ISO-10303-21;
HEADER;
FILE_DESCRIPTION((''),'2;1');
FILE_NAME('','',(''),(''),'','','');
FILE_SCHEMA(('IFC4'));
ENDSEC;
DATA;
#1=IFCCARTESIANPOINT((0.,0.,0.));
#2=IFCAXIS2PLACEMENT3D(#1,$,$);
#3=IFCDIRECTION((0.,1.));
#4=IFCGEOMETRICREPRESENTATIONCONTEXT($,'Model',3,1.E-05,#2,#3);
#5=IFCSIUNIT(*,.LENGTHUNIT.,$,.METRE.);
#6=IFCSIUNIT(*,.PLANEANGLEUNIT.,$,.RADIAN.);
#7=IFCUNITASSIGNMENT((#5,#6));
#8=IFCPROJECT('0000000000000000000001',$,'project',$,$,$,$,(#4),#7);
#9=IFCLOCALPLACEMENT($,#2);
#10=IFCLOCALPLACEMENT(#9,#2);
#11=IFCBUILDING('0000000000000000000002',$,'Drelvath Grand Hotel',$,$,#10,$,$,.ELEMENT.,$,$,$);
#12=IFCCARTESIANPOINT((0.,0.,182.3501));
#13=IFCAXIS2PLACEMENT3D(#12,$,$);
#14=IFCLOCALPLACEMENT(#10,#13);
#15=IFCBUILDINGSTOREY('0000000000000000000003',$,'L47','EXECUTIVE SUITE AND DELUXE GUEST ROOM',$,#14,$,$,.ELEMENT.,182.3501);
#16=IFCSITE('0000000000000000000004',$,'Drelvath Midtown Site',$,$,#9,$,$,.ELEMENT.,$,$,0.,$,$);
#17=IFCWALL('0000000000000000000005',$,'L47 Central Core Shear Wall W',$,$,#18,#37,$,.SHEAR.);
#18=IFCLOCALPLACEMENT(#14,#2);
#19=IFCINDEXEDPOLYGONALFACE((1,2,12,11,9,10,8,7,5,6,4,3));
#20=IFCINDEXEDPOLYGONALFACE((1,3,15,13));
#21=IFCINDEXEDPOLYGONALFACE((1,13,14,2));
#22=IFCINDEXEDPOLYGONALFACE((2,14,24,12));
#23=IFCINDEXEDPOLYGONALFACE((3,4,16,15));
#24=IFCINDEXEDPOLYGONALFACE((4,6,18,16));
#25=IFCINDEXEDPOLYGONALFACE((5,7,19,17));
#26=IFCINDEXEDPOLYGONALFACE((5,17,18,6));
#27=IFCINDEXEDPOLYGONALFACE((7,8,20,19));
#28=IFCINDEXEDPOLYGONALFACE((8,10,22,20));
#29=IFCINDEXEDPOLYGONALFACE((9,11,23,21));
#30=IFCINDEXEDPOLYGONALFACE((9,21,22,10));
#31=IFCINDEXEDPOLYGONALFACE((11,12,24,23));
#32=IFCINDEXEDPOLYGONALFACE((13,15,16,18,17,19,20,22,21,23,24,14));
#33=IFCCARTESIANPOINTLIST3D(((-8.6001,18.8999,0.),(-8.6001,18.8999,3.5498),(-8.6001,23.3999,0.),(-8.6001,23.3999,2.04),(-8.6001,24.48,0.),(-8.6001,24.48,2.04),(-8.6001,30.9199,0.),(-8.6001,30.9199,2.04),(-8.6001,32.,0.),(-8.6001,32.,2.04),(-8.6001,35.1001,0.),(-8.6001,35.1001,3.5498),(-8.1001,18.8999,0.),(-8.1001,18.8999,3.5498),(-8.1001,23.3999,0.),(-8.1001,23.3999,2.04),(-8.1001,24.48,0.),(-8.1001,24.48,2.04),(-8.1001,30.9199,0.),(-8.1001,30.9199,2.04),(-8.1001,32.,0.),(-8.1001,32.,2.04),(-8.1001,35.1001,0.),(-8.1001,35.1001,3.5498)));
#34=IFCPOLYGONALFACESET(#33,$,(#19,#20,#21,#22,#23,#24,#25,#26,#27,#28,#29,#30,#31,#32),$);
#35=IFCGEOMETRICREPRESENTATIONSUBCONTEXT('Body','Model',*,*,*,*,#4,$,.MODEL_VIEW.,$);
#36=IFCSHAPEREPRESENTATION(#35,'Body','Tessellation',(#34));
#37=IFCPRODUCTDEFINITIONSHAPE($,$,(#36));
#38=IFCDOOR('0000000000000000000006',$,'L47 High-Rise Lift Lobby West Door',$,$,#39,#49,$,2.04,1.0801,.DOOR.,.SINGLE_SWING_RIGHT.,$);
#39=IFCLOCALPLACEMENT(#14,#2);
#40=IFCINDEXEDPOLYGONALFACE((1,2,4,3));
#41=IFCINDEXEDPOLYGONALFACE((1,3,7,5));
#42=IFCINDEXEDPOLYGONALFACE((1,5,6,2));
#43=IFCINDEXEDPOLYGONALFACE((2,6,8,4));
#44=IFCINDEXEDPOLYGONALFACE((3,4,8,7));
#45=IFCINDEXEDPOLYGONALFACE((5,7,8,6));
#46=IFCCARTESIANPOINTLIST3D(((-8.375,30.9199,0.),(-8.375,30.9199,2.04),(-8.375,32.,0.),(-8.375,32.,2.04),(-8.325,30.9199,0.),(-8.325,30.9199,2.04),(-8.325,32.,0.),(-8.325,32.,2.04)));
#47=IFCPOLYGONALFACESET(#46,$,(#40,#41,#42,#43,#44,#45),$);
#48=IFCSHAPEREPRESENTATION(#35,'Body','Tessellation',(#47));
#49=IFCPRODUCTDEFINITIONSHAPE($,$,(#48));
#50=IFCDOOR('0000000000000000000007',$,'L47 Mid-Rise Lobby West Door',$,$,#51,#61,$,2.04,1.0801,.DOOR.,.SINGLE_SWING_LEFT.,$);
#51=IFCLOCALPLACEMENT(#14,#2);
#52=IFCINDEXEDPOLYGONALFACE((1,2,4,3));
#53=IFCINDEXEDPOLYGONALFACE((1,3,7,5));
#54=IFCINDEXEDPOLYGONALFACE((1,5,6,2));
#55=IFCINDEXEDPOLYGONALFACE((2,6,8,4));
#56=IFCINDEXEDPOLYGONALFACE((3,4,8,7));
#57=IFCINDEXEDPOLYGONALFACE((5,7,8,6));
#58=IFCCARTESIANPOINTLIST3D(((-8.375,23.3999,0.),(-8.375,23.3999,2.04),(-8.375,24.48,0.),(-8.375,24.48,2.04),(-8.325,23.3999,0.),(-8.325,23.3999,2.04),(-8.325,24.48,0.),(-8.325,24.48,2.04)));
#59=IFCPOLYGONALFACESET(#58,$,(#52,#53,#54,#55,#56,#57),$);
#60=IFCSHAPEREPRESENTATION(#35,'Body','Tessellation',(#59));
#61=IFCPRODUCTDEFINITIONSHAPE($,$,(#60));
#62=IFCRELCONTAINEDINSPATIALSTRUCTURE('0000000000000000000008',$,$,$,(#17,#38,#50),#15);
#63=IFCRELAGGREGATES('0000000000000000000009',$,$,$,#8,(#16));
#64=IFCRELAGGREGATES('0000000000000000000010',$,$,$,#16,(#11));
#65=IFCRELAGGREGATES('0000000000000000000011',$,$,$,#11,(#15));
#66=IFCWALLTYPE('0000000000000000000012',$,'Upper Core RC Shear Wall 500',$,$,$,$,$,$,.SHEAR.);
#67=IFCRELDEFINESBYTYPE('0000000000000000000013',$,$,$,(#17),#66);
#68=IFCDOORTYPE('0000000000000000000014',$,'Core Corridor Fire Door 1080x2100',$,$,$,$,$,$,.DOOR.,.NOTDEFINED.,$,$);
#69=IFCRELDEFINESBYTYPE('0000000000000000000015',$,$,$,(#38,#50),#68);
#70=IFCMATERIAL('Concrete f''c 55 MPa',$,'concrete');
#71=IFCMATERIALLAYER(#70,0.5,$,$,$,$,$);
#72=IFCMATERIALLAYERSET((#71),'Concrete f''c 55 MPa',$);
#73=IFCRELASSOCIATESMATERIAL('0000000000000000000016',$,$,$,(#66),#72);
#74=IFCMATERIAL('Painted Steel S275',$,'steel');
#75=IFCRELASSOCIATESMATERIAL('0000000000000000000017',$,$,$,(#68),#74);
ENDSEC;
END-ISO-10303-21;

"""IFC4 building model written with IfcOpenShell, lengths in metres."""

from ifc_helpers import new_model, si_unit, direction, frame, frame_2d, origin, place, context, subcontext, project, spatial, rectangle, extrude, material, layer, layer_set, type_object, element, fill, save


model = new_model("IFC4")

# Units and contexts
model_context = context("Model", 3, precision=1e-05, world=origin(), true_north=direction((0.0, 1.0)))
body_context = subcontext(model_context, "Body", "Model", "MODEL_VIEW")
ifc_project = project(units=[si_unit("LENGTHUNIT", "METRE"), si_unit("PLANEANGLEUNIT", "RADIAN")], contexts=[model_context])

# Site, building, storey
site_placement = place(None, origin())
site = spatial("IfcSite", under=ifc_project, at=site_placement, Name="Drelvath Midtown Site", CompositionType="ELEMENT", RefElevation=0.0)
building_placement = place(site_placement, origin())
building = spatial("IfcBuilding", under=site, at=building_placement, Name="Drelvath Grand Hotel", CompositionType="ELEMENT")
storey_placement = place(building_placement, frame((0.0, 0.0, 182.3501)))
storey = spatial("IfcBuildingStorey", under=building, at=storey_placement, Name="L47", Description="EXECUTIVE SUITE AND DELUXE GUEST ROOM", CompositionType="ELEMENT", Elevation=182.3501)

# Shared definitions
ifc_material_1 = material(Name="Painted Steel S275", Category="steel")

# Wall, openings, doors
ifc_material_2 = material(Name="Concrete f'c 55 MPa", Category="concrete")
ifc_layer_1 = layer(ifc_material_2, 0.5)
ifc_layer_set_1 = layer_set([ifc_layer_1], Name="Concrete f'c 55 MPa")
wall_type_1 = type_object("IfcWallType", Name="Upper Core RC Shear Wall 500", PredefinedType="SHEAR", material=ifc_layer_set_1)
wall_1_placement = place(storey_placement, frame((-8.3501, 18.8999, 0.0), z_axis=(0.0, 0.0, 1.0), x_axis=(0.0, 1.0, 0.0)))
wall_1 = element("IfcWall", 1, at=wall_1_placement, inside=storey, type_object=wall_type_1, Name="L47 Central Core Shear Wall W", PredefinedType="SHEAR", context=body_context, shape_type="SweptSolid", body=[
    extrude(rectangle(XDim=16.2002, YDim=0.5, at=frame_2d((8.1001, 0.0))), origin(), (0.0, 0.0, 1.0), 3.5498),
])
opening_1_placement = place(wall_1_placement, frame((12.02, 0.0, 0.0)))
opening_1 = element("IfcOpeningElement", 2, at=opening_1_placement, cuts=wall_1, PredefinedType="OPENING", context=body_context, shape_type="SweptSolid", body=[
    extrude(rectangle(XDim=1.0801, YDim=2.04, at=frame_2d((0.54, 1.02))), frame((0.0, 0.26, 0.0), z_axis=(0.0, -1.0, 0.0), x_axis=(1.0, 0.0, 0.0)), (0.0, 0.0, 1.0), 0.52),
])
opening_2_placement = place(wall_1_placement, frame((4.5, 0.0, 0.0)))
opening_2 = element("IfcOpeningElement", 3, at=opening_2_placement, cuts=wall_1, PredefinedType="OPENING", context=body_context, shape_type="SweptSolid", body=[
    extrude(rectangle(XDim=1.0801, YDim=2.04, at=frame_2d((0.54, 1.02))), frame((0.0, 0.26, 0.0), z_axis=(0.0, -1.0, 0.0), x_axis=(1.0, 0.0, 0.0)), (0.0, 0.0, 1.0), 0.52),
])
door_type_1 = type_object("IfcDoorType", Name="Core Corridor Fire Door 1080x2100", OperationType="NOTDEFINED", PredefinedType="DOOR", material=ifc_material_1)
door_1_placement = place(opening_1_placement, origin())
door_1 = element("IfcDoor", 4, at=door_1_placement, inside=storey, type_object=door_type_1, Name="L47 High-Rise Lift Lobby West Door", OperationType="SINGLE_SWING_RIGHT", OverallHeight=2.04, OverallWidth=1.0801, PredefinedType="DOOR", context=body_context, shape_type="SweptSolid", body=[
    extrude(rectangle(XDim=1.0801, YDim=2.04, at=frame_2d((0.54, 1.02))), frame((0.0, 0.0249, 0.0), z_axis=(0.0, -1.0, 0.0), x_axis=(1.0, 0.0, 0.0)), (0.0, 0.0, 1.0), 0.05),
])
fill(opening_1, door_1)
door_2_placement = place(opening_2_placement, origin())
door_2 = element("IfcDoor", 5, at=door_2_placement, inside=storey, type_object=door_type_1, Name="L47 Mid-Rise Lobby West Door", OperationType="SINGLE_SWING_LEFT", OverallHeight=2.04, OverallWidth=1.0801, PredefinedType="DOOR", context=body_context, shape_type="SweptSolid", body=[
    extrude(rectangle(XDim=1.0801, YDim=2.04, at=frame_2d((0.54, 1.02))), frame((0.0, 0.0249, 0.0), z_axis=(0.0, -1.0, 0.0), x_axis=(1.0, 0.0, 0.0)), (0.0, 0.0, 1.0), 0.05),
])
fill(opening_2, door_2)

save(model, "model.ifc")
